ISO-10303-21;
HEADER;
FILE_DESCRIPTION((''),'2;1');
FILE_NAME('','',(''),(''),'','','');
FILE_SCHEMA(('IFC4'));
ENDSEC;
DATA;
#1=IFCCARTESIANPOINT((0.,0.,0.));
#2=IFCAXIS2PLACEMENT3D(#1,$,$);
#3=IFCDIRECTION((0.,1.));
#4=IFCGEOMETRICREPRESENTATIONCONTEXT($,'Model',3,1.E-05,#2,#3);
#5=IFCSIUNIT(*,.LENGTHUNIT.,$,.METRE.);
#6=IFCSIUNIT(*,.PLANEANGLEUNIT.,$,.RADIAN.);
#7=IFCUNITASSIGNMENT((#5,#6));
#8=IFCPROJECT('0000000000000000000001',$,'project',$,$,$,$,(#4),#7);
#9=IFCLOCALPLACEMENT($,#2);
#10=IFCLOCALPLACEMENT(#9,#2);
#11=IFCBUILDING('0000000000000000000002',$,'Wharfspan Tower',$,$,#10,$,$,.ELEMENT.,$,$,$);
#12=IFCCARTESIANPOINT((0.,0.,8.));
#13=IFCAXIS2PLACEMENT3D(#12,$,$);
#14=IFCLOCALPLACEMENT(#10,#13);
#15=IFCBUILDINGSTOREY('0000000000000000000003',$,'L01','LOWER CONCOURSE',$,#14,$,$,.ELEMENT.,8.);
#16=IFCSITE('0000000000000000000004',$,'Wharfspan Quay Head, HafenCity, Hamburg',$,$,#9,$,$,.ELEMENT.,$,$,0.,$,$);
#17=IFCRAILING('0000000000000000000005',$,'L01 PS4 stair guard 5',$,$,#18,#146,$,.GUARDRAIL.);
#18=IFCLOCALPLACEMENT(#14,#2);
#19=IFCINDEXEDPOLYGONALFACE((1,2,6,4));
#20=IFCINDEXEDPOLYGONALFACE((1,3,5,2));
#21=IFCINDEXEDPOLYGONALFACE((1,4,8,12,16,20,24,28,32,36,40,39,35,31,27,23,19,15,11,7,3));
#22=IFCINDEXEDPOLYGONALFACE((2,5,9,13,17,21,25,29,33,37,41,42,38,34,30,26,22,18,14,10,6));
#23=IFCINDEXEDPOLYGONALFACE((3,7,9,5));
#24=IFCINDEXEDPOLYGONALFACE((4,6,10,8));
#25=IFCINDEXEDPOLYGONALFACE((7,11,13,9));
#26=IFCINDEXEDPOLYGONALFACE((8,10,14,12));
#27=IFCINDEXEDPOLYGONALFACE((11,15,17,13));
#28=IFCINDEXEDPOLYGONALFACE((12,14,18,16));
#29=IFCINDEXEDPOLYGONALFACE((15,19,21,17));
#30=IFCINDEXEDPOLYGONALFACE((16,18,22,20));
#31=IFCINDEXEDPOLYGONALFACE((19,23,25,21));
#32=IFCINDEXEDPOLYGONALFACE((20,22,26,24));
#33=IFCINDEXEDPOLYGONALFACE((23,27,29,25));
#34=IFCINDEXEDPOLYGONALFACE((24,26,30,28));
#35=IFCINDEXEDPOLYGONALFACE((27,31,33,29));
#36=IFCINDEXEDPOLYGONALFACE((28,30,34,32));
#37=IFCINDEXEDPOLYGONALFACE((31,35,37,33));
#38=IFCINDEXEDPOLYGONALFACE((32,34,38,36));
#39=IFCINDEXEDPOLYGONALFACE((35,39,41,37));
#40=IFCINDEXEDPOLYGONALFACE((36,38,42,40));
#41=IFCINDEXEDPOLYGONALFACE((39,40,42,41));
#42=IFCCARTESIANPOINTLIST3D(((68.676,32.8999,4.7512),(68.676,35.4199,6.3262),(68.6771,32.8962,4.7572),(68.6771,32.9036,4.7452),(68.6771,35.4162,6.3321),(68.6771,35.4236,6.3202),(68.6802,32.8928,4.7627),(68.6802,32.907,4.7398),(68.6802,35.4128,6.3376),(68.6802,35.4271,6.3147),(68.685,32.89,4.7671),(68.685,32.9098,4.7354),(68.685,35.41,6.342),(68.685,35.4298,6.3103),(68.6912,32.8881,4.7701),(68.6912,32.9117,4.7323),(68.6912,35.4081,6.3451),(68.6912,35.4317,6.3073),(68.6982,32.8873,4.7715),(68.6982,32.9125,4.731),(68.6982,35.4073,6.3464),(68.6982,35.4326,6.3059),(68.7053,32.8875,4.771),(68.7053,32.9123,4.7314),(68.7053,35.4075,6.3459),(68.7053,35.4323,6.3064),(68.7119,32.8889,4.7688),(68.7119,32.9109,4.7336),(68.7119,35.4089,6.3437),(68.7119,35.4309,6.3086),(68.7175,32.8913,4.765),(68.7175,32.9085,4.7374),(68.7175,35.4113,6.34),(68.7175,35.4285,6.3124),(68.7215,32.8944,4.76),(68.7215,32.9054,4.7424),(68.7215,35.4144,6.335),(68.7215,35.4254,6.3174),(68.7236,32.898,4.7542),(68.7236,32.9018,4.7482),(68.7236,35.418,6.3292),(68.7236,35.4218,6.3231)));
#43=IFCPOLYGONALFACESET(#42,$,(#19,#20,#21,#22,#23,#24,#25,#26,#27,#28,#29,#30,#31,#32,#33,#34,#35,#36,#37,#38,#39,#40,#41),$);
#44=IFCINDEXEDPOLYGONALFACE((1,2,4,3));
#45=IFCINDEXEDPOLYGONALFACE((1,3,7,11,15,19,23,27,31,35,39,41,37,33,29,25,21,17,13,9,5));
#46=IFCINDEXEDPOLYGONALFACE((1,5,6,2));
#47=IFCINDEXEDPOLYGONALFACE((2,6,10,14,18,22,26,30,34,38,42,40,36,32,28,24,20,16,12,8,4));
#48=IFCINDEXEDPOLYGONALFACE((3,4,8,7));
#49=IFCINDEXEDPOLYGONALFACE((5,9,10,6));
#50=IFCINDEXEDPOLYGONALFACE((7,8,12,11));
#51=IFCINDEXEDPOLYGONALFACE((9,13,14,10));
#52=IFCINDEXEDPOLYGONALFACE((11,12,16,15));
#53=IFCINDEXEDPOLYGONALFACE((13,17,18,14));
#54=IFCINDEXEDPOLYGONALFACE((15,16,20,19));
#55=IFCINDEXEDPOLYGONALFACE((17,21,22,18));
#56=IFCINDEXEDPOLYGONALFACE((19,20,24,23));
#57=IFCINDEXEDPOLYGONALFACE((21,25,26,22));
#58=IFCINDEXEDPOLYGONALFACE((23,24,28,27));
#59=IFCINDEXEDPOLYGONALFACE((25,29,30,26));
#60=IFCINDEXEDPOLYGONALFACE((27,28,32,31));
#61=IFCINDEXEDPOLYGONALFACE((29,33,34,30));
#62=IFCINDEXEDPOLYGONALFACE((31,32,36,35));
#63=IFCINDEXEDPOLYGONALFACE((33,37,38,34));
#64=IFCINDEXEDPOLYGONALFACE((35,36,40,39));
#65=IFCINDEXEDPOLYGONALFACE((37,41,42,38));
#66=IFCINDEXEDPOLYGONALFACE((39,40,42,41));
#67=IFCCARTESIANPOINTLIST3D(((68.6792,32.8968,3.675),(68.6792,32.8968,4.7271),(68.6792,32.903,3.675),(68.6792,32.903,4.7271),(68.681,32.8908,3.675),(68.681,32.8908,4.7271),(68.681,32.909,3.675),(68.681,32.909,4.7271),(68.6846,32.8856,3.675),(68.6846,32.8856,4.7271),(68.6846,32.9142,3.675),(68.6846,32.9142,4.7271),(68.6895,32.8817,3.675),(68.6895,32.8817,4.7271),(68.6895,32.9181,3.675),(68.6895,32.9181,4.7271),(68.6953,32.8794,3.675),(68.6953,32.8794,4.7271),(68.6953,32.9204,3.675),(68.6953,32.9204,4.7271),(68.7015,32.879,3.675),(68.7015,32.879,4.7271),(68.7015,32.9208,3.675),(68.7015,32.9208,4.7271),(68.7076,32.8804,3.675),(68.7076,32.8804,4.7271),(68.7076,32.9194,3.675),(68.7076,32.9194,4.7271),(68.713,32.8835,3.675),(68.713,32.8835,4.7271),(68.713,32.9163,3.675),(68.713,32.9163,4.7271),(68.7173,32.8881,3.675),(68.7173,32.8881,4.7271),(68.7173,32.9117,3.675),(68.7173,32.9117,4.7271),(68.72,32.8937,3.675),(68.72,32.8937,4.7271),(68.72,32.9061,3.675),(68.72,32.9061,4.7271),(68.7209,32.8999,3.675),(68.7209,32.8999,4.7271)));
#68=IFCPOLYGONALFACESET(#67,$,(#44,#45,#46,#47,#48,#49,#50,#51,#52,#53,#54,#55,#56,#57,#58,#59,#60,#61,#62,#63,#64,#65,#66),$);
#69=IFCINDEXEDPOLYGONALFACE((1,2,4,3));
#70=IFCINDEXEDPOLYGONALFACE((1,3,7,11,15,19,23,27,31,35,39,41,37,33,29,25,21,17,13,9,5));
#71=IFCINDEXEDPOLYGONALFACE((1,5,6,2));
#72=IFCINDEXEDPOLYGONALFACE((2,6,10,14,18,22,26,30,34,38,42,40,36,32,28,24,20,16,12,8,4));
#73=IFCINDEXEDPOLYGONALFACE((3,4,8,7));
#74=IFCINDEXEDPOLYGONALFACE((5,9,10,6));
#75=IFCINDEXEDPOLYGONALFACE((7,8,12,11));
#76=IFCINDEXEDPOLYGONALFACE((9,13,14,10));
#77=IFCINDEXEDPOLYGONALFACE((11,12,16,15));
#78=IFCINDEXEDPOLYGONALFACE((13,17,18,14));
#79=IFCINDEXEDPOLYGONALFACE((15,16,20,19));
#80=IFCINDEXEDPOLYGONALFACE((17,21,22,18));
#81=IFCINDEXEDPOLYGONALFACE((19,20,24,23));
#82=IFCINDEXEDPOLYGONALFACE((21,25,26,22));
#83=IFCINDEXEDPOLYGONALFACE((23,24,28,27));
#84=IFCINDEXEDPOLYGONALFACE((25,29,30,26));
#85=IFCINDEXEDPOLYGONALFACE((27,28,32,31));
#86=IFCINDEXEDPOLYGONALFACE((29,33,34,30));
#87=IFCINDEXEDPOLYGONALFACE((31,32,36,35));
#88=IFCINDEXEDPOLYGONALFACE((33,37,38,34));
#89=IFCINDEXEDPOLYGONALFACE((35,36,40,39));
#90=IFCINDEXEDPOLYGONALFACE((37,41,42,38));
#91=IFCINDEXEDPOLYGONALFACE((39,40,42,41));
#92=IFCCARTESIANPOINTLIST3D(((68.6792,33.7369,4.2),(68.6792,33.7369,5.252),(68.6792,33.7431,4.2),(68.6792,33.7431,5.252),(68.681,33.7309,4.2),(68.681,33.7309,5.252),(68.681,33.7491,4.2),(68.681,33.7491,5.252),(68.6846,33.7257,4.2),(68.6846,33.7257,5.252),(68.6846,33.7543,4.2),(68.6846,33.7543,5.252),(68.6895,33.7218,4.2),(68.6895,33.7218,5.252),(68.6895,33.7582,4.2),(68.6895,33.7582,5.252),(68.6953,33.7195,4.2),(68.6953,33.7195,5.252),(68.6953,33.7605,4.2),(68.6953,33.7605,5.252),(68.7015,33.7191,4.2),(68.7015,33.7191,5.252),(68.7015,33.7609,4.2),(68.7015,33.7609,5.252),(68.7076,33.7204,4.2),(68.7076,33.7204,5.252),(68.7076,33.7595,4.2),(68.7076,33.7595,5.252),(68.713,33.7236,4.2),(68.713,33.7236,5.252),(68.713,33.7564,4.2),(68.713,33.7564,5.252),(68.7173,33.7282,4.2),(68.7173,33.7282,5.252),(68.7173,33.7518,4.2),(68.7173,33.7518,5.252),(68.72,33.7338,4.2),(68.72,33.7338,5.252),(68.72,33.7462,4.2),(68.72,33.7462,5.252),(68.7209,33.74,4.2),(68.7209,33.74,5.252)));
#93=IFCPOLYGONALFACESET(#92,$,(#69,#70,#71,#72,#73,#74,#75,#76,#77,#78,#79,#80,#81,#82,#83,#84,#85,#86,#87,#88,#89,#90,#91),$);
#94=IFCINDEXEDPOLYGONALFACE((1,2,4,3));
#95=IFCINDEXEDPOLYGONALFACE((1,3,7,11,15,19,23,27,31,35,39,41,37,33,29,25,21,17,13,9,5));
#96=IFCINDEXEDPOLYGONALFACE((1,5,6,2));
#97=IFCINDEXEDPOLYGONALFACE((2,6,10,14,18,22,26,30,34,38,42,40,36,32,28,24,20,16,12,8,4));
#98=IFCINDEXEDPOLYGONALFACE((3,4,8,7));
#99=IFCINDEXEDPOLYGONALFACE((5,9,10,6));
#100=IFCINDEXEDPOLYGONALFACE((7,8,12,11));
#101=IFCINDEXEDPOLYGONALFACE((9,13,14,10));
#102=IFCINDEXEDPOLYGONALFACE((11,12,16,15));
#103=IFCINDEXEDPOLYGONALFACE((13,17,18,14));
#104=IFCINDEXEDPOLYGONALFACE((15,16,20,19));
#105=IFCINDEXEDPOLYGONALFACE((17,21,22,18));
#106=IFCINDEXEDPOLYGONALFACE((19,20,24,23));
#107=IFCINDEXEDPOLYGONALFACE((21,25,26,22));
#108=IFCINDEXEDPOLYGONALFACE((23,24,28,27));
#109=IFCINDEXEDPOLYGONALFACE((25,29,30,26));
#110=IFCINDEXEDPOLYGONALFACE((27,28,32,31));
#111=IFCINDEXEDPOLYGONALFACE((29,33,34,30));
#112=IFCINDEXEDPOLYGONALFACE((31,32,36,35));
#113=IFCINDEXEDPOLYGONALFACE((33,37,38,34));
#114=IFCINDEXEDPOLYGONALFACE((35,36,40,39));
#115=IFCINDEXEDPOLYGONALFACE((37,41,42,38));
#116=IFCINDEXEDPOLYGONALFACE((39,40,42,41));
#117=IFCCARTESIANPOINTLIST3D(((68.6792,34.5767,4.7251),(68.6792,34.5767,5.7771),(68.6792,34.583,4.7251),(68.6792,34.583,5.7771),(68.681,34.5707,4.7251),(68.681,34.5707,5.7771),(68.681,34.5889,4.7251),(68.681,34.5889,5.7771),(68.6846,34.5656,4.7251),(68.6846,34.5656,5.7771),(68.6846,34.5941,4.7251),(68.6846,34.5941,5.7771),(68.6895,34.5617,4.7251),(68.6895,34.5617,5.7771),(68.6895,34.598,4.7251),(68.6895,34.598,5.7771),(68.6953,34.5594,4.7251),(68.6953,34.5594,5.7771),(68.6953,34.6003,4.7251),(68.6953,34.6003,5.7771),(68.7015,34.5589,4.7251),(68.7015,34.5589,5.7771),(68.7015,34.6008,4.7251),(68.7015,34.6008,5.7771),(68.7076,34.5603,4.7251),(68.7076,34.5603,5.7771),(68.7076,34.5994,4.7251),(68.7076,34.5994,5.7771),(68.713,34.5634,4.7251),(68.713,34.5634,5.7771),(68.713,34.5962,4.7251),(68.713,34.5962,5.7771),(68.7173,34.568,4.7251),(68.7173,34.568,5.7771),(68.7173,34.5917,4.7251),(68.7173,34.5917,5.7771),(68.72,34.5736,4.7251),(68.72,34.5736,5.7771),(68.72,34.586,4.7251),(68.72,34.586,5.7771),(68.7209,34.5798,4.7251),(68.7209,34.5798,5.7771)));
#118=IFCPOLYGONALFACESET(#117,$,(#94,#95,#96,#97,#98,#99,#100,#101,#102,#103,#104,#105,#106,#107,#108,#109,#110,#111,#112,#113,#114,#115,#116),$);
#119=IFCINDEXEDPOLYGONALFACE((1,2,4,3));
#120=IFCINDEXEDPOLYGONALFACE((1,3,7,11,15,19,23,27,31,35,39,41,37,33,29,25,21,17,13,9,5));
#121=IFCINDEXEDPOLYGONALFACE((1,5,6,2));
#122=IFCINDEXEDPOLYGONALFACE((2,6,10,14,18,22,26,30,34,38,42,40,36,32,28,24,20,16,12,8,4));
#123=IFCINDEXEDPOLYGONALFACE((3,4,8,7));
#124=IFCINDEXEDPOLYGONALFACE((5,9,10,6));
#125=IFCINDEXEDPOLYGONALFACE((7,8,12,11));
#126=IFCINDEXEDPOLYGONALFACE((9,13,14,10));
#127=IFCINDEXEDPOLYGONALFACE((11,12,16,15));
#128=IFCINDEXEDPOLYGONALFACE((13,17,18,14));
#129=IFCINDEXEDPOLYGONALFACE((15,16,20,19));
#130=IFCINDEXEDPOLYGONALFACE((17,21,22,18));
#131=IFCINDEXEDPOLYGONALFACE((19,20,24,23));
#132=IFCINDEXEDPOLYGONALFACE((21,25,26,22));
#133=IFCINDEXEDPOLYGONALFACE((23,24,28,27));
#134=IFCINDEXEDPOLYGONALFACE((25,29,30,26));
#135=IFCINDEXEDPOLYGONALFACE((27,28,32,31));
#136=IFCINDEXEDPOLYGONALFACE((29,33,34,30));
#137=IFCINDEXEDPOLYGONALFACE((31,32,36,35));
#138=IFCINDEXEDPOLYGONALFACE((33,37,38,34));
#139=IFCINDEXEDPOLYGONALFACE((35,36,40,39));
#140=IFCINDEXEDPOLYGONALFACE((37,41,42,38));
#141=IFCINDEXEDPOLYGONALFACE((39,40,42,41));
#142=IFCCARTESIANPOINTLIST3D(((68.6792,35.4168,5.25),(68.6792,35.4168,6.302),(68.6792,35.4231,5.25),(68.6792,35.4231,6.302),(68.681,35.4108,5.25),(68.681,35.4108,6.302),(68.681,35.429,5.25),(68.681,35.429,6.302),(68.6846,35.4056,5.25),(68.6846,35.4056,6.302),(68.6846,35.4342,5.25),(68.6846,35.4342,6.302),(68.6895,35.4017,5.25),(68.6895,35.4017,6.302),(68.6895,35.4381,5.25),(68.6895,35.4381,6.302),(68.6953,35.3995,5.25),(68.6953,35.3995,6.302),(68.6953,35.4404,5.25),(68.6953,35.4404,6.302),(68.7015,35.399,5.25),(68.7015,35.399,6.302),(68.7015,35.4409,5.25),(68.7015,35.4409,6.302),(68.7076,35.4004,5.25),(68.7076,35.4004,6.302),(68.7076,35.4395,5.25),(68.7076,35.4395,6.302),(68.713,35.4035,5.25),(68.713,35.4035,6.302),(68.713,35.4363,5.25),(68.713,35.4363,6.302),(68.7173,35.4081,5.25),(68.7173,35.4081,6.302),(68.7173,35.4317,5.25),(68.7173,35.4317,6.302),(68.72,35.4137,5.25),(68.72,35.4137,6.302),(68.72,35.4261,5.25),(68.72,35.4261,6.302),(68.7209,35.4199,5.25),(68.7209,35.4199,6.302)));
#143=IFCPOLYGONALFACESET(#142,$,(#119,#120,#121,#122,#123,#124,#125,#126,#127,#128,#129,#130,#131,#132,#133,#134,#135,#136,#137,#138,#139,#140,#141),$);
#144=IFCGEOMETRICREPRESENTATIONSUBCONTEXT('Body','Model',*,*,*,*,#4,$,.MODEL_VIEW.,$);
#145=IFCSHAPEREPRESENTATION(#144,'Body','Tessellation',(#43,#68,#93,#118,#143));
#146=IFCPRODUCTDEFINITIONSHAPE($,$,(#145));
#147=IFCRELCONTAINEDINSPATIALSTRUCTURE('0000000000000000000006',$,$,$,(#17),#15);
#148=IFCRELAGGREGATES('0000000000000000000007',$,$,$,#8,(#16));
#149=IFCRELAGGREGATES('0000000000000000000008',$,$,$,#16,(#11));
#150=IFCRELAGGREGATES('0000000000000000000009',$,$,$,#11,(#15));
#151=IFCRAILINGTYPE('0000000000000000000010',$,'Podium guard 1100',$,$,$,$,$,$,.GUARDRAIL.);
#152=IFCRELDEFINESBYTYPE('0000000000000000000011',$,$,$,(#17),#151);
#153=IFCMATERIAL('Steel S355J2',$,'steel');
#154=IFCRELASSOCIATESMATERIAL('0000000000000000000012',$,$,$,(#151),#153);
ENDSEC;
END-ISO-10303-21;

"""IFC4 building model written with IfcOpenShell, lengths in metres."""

from ifc_helpers import new_model, si_unit, direction, frame, origin, origin_2d, place, context, subcontext, project, spatial, circle, extrude, material, type_object, element, save


model = new_model("IFC4")

# Units and contexts
model_context = context("Model", 3, precision=1e-05, world=origin(), true_north=direction((0.0, 1.0)))
body_context = subcontext(model_context, "Body", "Model", "MODEL_VIEW")
ifc_project = project(units=[si_unit("LENGTHUNIT", "METRE"), si_unit("PLANEANGLEUNIT", "RADIAN")], contexts=[model_context])

# Site, building, storey
site_placement = place(None, origin())
site = spatial("IfcSite", under=ifc_project, at=site_placement, Name="Wharfspan Quay Head, HafenCity, Hamburg", CompositionType="ELEMENT", RefElevation=0.0)
building_placement = place(site_placement, origin())
building = spatial("IfcBuilding", under=site, at=building_placement, Name="Wharfspan Tower", CompositionType="ELEMENT")
storey_placement = place(building_placement, frame((0.0, 0.0, 8.0)))
storey = spatial("IfcBuildingStorey", under=building, at=storey_placement, Name="L01", Description="LOWER CONCOURSE", CompositionType="ELEMENT", Elevation=8.0)

# Railing
ifc_material_1 = material(Name="Steel S355J2", Category="steel")
railing_type_1 = type_object("IfcRailingType", Name="Podium guard 1100", PredefinedType="GUARDRAIL", material=ifc_material_1)
railing_1_placement = place(storey_placement, frame((68.7, 32.8999, 3.675)))
element("IfcRailing", 1, at=railing_1_placement, inside=storey, type_object=railing_type_1, Name="L01 PS4 stair guard 5", PredefinedType="GUARDRAIL", context=body_context, shape_type="SweptSolid", body=[
    extrude(circle(Radius=0.0239, at=origin_2d()), frame((0.0, 0.0, 1.0762), z_axis=(0.0, 0.848008, 0.529984), x_axis=(-1.0, 0.0, 0.0)), (0.0, 0.0, 1.0), 2.9717),
    extrude(circle(Radius=0.021, at=origin_2d()), origin(), (0.0, 0.0, 1.0), 1.052),
    extrude(circle(Radius=0.021, at=origin_2d()), frame((0.0, 0.8401, 0.5249)), (0.0, 0.0, 1.0), 1.052),
    extrude(circle(Radius=0.021, at=origin_2d()), frame((0.0, 1.6799, 1.05)), (0.0, 0.0, 1.0), 1.052),
    extrude(circle(Radius=0.021, at=origin_2d()), frame((0.0, 2.52, 1.575)), (0.0, 0.0, 1.0), 1.052),
])

save(model, "model.ifc")
